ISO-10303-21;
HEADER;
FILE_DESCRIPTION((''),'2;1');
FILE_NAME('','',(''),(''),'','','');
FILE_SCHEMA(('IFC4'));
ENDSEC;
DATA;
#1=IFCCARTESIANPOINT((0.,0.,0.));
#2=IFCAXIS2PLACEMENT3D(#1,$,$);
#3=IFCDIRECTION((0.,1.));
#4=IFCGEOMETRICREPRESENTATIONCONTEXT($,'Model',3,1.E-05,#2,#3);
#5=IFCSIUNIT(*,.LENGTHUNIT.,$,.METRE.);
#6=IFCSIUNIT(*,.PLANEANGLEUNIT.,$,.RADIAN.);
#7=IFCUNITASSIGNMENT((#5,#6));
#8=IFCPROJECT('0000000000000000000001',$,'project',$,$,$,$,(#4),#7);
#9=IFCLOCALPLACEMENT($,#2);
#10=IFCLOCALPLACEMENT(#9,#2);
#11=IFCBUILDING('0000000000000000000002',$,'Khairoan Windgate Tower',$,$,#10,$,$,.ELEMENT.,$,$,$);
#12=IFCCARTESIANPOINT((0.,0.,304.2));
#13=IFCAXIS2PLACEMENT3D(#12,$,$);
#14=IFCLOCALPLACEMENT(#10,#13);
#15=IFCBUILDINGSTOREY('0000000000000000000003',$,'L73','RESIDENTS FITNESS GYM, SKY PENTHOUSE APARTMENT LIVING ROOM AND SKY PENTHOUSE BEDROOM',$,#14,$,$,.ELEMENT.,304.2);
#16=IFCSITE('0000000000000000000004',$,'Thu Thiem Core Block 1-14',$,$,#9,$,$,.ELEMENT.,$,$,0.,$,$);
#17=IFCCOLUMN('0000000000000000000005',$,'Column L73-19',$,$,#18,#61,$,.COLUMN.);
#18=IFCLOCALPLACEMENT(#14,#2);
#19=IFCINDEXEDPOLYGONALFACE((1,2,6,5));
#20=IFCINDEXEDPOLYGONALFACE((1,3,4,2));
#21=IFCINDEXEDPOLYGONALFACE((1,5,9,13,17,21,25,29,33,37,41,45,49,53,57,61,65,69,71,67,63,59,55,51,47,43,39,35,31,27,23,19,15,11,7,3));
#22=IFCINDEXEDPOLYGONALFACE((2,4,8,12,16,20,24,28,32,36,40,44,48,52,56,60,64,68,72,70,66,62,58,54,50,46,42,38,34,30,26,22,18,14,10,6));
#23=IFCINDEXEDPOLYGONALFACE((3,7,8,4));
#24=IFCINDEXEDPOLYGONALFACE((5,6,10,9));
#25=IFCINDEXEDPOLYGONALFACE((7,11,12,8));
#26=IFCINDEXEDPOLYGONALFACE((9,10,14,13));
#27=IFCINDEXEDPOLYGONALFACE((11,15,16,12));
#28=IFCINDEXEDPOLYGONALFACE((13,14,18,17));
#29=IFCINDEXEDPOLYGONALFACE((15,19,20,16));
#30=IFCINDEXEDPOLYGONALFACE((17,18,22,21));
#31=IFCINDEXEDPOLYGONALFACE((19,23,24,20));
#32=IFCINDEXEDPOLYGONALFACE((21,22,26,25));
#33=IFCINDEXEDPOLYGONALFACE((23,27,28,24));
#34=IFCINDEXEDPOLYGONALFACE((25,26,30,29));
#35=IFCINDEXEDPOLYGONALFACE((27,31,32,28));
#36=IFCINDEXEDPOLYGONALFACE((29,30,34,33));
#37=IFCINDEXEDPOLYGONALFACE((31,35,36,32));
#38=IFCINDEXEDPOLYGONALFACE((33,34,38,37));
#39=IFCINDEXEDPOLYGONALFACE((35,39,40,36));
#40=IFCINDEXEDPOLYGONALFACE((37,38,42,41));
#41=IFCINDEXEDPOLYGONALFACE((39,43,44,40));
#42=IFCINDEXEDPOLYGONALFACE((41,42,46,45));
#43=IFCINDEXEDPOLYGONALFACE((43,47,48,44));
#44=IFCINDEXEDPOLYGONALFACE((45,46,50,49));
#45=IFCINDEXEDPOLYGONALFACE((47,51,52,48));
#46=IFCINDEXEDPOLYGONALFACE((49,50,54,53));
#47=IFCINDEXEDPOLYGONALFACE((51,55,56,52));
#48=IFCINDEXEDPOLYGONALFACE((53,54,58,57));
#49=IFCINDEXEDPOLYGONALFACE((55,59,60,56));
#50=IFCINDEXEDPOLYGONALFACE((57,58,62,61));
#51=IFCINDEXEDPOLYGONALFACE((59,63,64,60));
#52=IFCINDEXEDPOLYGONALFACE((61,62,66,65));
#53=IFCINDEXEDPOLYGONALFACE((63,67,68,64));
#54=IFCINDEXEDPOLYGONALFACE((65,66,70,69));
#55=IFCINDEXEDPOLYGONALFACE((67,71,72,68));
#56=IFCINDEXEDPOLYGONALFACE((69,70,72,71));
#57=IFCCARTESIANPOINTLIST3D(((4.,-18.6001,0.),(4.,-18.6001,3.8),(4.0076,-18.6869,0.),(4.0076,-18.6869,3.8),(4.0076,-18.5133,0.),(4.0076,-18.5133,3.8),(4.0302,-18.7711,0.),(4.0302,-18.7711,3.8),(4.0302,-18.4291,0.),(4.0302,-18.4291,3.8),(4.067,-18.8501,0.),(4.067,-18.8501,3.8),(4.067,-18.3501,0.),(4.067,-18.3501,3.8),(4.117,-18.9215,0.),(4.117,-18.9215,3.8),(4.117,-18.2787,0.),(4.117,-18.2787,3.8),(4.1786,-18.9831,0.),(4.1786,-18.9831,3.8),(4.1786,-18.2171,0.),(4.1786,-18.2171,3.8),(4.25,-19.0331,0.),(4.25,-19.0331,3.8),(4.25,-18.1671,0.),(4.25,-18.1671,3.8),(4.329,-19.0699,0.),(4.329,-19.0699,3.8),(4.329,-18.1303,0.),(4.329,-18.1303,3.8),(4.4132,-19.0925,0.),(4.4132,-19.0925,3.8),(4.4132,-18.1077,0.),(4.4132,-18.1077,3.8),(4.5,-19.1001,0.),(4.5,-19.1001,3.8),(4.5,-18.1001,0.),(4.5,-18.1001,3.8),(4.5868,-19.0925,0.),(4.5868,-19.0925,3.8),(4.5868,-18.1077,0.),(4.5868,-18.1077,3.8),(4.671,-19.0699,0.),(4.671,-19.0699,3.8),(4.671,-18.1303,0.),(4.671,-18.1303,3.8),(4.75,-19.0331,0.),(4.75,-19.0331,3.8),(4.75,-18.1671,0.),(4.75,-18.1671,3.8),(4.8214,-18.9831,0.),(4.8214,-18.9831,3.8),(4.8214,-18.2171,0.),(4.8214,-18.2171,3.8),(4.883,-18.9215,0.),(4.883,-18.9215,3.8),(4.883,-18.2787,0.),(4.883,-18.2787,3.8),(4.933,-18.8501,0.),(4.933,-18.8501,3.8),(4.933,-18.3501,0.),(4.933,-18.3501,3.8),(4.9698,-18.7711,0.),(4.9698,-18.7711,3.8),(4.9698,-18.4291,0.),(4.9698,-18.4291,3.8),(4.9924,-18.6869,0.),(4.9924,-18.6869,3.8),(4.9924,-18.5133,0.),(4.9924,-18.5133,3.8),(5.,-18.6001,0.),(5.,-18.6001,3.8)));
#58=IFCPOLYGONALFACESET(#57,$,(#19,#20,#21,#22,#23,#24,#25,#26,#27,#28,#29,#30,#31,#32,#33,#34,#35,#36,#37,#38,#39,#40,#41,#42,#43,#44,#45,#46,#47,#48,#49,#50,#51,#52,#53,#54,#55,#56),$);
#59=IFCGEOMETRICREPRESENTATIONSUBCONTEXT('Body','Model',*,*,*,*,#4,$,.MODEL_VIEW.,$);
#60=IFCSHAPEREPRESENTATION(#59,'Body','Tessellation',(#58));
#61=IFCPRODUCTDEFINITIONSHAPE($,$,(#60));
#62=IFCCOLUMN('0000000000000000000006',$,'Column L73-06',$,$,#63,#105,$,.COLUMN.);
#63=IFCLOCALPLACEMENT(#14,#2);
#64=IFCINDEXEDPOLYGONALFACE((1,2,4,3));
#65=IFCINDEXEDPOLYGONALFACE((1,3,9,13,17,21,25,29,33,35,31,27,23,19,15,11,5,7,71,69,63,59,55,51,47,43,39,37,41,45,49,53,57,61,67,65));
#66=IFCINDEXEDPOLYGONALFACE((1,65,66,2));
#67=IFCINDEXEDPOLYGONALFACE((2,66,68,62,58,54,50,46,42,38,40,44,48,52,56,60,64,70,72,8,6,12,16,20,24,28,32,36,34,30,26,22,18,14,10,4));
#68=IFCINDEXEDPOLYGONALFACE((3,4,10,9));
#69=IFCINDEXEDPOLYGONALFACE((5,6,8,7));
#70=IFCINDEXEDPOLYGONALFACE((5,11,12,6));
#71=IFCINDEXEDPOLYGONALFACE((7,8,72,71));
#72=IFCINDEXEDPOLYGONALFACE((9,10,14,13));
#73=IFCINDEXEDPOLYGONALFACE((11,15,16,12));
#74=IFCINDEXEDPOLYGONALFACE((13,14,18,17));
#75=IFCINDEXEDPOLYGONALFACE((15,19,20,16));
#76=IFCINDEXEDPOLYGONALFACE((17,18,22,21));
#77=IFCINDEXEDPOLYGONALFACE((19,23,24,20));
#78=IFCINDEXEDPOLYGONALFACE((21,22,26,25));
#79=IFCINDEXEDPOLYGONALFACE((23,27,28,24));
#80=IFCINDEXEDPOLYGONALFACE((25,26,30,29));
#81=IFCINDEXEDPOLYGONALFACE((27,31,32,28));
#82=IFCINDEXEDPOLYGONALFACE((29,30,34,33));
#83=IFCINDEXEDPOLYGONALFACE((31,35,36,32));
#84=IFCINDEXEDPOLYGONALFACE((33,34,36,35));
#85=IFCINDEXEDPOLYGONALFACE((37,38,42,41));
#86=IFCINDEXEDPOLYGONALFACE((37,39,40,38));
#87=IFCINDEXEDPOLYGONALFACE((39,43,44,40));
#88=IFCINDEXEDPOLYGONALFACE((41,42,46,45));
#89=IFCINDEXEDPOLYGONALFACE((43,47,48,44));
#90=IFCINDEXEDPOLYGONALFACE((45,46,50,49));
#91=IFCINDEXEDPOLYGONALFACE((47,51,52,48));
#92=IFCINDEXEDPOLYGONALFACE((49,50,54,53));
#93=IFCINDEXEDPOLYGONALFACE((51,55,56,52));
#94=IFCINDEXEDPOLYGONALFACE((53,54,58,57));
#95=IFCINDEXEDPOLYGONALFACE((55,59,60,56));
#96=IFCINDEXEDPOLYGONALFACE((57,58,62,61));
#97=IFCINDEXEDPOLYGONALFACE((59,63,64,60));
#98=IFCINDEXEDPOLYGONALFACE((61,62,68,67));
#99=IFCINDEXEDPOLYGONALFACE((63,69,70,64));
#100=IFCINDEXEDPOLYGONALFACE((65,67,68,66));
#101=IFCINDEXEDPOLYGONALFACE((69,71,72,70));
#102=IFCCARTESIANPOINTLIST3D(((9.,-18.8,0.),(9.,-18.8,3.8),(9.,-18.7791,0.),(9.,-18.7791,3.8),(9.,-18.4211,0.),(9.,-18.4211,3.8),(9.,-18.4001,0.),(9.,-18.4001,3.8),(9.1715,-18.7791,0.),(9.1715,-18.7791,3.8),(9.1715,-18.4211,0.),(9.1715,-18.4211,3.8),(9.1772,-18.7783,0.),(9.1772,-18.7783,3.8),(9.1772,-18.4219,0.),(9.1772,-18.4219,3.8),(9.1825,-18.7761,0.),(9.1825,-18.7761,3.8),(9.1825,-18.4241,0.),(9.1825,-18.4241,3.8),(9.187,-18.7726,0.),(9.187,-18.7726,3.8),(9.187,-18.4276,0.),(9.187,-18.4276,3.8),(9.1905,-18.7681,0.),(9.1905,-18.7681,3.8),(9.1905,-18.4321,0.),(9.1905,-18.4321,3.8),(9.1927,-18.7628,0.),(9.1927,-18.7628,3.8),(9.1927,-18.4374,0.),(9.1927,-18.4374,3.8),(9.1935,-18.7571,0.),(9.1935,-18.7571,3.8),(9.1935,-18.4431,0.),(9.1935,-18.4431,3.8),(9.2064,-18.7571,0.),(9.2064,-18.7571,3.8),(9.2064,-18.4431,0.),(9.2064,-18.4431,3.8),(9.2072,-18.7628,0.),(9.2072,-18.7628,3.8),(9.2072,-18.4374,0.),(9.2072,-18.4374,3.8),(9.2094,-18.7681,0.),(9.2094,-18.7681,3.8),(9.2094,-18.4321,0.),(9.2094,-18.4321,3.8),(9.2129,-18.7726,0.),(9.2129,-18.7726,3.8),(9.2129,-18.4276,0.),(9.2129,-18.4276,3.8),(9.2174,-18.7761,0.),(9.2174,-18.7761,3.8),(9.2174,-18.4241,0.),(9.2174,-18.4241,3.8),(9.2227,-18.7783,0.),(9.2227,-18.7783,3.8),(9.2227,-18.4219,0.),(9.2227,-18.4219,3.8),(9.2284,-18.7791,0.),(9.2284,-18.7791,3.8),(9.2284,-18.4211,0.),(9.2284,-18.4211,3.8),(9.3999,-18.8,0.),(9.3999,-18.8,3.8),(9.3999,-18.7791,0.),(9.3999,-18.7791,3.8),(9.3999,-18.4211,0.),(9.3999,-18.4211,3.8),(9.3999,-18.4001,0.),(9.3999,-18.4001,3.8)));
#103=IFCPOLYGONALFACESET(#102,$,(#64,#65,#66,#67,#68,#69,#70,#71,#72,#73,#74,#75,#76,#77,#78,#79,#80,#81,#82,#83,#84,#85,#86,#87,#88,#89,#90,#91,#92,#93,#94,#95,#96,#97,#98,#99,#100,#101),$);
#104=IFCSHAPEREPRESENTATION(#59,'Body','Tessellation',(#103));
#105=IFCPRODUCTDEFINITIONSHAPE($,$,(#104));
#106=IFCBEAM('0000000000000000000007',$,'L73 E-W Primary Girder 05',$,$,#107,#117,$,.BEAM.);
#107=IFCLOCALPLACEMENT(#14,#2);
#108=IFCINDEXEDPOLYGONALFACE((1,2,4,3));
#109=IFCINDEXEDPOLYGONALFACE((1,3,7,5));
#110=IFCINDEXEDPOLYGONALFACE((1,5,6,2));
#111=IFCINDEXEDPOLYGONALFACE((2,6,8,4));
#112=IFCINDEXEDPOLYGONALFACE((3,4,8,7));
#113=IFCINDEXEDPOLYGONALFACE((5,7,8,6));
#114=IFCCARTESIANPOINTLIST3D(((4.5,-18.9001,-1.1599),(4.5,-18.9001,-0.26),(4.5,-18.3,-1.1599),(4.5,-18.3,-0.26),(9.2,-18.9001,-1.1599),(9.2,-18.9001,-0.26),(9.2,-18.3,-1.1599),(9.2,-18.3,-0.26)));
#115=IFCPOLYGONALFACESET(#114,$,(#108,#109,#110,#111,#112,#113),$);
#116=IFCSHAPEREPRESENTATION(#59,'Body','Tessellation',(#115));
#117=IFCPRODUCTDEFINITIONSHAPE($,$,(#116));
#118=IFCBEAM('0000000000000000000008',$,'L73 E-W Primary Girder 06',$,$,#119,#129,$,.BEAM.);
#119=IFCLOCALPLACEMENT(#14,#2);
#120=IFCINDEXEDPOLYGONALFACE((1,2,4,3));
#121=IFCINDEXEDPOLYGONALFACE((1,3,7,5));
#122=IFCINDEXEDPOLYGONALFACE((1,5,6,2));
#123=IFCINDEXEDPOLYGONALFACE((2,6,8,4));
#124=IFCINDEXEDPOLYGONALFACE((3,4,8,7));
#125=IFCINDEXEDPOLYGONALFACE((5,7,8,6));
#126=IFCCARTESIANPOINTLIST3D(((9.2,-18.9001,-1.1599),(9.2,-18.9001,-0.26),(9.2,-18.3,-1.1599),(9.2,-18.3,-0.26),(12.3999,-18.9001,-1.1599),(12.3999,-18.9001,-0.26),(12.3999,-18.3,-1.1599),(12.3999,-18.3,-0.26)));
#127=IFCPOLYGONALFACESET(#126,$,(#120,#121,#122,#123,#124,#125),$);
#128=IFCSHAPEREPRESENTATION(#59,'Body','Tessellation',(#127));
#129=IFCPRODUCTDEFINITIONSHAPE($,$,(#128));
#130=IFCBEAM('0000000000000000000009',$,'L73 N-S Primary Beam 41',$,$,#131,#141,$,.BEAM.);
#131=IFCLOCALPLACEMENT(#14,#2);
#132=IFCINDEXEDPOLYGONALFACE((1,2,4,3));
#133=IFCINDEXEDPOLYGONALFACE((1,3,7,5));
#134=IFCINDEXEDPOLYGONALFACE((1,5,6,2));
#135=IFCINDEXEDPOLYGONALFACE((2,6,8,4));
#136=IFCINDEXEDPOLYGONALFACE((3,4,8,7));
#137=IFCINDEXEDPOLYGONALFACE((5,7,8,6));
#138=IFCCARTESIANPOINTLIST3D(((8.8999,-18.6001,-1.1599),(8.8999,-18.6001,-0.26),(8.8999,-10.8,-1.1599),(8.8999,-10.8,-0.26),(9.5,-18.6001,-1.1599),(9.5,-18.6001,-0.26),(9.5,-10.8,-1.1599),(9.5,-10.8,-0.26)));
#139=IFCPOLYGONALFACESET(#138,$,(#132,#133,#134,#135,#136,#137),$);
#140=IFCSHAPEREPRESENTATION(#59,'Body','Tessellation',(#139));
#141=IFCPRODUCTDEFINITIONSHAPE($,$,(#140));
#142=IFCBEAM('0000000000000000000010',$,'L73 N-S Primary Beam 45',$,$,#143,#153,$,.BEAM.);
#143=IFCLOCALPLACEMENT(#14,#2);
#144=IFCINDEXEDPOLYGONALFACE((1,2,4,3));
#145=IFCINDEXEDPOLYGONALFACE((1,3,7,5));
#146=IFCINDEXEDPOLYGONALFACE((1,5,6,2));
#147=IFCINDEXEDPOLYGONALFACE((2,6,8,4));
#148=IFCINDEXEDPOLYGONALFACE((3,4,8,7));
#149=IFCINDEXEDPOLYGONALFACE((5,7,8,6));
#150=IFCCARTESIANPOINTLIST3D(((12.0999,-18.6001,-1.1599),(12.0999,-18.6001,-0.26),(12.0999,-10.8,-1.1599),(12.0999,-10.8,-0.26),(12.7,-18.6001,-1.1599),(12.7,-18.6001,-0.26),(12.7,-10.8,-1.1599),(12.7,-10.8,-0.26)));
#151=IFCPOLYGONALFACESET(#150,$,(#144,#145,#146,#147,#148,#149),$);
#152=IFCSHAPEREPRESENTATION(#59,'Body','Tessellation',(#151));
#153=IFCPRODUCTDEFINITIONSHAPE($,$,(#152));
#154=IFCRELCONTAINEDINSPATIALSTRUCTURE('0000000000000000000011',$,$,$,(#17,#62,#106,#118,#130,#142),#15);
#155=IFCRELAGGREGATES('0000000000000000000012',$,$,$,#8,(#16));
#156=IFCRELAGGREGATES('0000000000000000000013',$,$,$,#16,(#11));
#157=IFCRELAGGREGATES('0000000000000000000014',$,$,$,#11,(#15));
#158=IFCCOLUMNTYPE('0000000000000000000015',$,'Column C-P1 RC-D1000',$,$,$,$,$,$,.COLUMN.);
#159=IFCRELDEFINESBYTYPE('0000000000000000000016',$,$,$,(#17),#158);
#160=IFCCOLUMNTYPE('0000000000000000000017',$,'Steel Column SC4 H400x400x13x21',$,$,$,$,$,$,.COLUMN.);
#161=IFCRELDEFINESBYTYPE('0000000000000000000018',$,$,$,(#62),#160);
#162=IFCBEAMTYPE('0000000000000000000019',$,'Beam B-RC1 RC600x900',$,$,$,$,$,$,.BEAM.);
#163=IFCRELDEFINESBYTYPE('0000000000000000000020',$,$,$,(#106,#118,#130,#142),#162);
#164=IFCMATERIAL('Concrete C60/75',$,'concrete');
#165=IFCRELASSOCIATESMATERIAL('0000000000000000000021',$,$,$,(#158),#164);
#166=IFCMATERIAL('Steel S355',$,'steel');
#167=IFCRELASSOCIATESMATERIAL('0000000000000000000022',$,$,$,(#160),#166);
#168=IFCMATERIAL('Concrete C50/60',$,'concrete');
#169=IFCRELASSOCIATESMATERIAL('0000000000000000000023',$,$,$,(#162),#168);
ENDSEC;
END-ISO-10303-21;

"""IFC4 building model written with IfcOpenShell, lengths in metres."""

from ifc_helpers import new_model, si_unit, direction, frame, origin, origin_2d, place, context, subcontext, project, spatial, rectangle, circle, i_section, extrude, material, material_profile, profile_set, type_object, element, save


model = new_model("IFC4")

# Units and contexts
model_context = context("Model", 3, precision=1e-05, world=origin(), true_north=direction((0.0, 1.0)))
body_context = subcontext(model_context, "Body", "Model", "MODEL_VIEW")
ifc_project = project(units=[si_unit("LENGTHUNIT", "METRE"), si_unit("PLANEANGLEUNIT", "RADIAN")], contexts=[model_context])

# Site, building, storey
site_placement = place(None, origin())
site = spatial("IfcSite", under=ifc_project, at=site_placement, Name="Thu Thiem Core Block 1-14", CompositionType="ELEMENT", RefElevation=0.0)
building_placement = place(site_placement, origin())
building = spatial("IfcBuilding", under=site, at=building_placement, Name="Khairoan Windgate Tower", CompositionType="ELEMENT")
storey_placement = place(building_placement, frame((0.0, 0.0, 304.2)))
storey = spatial("IfcBuildingStorey", under=building, at=storey_placement, Name="L73", Description="RESIDENTS FITNESS GYM, SKY PENTHOUSE APARTMENT LIVING ROOM AND SKY PENTHOUSE BEDROOM", CompositionType="ELEMENT", Elevation=304.2)

# Columns
ifc_material_1 = material(Name="Concrete C60/75", Category="concrete")
ifc_material_profile_1 = material_profile(ifc_material_1, circle(Radius=0.5, at=origin_2d()))
ifc_profile_set_1 = profile_set([ifc_material_profile_1], Name="Concrete C60/75")
column_type_1 = type_object("IfcColumnType", Name="Column C-P1 RC-D1000", PredefinedType="COLUMN", material=ifc_profile_set_1)
column_1_placement = place(storey_placement, frame((4.5, -18.6001, 0.0), z_axis=(0.0, 0.0, 1.0), x_axis=(1.0, 0.0, 0.0)))
element("IfcColumn", 1, at=column_1_placement, inside=storey, type_object=column_type_1, Name="Column L73-19", PredefinedType="COLUMN", context=body_context, shape_type="SweptSolid", body=[
    extrude(circle(Radius=0.5, at=origin_2d()), origin(), (0.0, 0.0, 1.0), 3.8),
])
ifc_material_2 = material(Name="Steel S355", Category="steel")
ifc_material_profile_2 = material_profile(ifc_material_2, i_section(OverallWidth=0.3999, OverallDepth=0.3999, WebThickness=0.0129, FlangeThickness=0.021, FilletRadius=0.022, at=origin_2d()))
ifc_profile_set_2 = profile_set([ifc_material_profile_2], Name="Steel S355")
column_type_2 = type_object("IfcColumnType", Name="Steel Column SC4 H400x400x13x21", PredefinedType="COLUMN", material=ifc_profile_set_2)
column_2_placement = place(storey_placement, frame((9.2, -18.6001, 0.0), z_axis=(0.0, 0.0, 1.0), x_axis=(1.0, 0.0, 0.0)))
element("IfcColumn", 2, at=column_2_placement, inside=storey, type_object=column_type_2, Name="Column L73-06", PredefinedType="COLUMN", context=body_context, shape_type="SweptSolid", body=[
    extrude(i_section(OverallWidth=0.3999, OverallDepth=0.3999, WebThickness=0.0129, FlangeThickness=0.021, FilletRadius=0.022, at=origin_2d()), origin(), (0.0, 0.0, 1.0), 3.8),
])

# Beams
ifc_material_3 = material(Name="Concrete C50/60", Category="concrete")
ifc_material_profile_3 = material_profile(ifc_material_3, rectangle(XDim=0.6001, YDim=0.8999, at=origin_2d()))
ifc_profile_set_3 = profile_set([ifc_material_profile_3], Name="Concrete C50/60")
beam_type_1 = type_object("IfcBeamType", Name="Beam B-RC1 RC600x900", PredefinedType="BEAM", material=ifc_profile_set_3)
beam_1_placement = place(storey_placement, frame((4.5, -18.6001, -0.71), z_axis=(1.0, 0.0, 0.0), x_axis=(0.0, 1.0, 0.0)))
element("IfcBeam", 3, at=beam_1_placement, inside=storey, type_object=beam_type_1, Name="L73 E-W Primary Girder 05", PredefinedType="BEAM", context=body_context, shape_type="SweptSolid", body=[
    extrude(rectangle(XDim=0.6001, YDim=0.8999, at=origin_2d()), origin(), (0.0, 0.0, 1.0), 4.7),
])
beam_2_placement = place(storey_placement, frame((9.2, -18.6001, -0.71), z_axis=(1.0, 0.0, 0.0), x_axis=(0.0, 1.0, 0.0)))
element("IfcBeam", 4, at=beam_2_placement, inside=storey, type_object=beam_type_1, Name="L73 E-W Primary Girder 06", PredefinedType="BEAM", context=body_context, shape_type="SweptSolid", body=[
    extrude(rectangle(XDim=0.6001, YDim=0.8999, at=origin_2d()), origin(), (0.0, 0.0, 1.0), 3.2),
])
for number, where, z_axis, x_axis, name in (
    (5, (9.2, -18.6001, -0.71), (0.0, 1.0, 0.0), (-1.0, 0.0, 0.0), "L73 N-S Primary Beam 41"),
    (6, (12.3999, -18.6001, -0.71), (0.0, 1.0, 0.0), (-1.0, 0.0, 0.0), "L73 N-S Primary Beam 45"),
):
    element("IfcBeam", number, at=place(storey_placement, frame(where, z_axis=z_axis, x_axis=x_axis)), inside=storey, type_object=beam_type_1, Name=name, PredefinedType="BEAM", context=body_context, shape_type="SweptSolid", body=[
        extrude(rectangle(XDim=0.6001, YDim=0.8999, at=origin_2d()), origin(), (0.0, 0.0, 1.0), 7.8),
    ])

save(model, "model.ifc")
